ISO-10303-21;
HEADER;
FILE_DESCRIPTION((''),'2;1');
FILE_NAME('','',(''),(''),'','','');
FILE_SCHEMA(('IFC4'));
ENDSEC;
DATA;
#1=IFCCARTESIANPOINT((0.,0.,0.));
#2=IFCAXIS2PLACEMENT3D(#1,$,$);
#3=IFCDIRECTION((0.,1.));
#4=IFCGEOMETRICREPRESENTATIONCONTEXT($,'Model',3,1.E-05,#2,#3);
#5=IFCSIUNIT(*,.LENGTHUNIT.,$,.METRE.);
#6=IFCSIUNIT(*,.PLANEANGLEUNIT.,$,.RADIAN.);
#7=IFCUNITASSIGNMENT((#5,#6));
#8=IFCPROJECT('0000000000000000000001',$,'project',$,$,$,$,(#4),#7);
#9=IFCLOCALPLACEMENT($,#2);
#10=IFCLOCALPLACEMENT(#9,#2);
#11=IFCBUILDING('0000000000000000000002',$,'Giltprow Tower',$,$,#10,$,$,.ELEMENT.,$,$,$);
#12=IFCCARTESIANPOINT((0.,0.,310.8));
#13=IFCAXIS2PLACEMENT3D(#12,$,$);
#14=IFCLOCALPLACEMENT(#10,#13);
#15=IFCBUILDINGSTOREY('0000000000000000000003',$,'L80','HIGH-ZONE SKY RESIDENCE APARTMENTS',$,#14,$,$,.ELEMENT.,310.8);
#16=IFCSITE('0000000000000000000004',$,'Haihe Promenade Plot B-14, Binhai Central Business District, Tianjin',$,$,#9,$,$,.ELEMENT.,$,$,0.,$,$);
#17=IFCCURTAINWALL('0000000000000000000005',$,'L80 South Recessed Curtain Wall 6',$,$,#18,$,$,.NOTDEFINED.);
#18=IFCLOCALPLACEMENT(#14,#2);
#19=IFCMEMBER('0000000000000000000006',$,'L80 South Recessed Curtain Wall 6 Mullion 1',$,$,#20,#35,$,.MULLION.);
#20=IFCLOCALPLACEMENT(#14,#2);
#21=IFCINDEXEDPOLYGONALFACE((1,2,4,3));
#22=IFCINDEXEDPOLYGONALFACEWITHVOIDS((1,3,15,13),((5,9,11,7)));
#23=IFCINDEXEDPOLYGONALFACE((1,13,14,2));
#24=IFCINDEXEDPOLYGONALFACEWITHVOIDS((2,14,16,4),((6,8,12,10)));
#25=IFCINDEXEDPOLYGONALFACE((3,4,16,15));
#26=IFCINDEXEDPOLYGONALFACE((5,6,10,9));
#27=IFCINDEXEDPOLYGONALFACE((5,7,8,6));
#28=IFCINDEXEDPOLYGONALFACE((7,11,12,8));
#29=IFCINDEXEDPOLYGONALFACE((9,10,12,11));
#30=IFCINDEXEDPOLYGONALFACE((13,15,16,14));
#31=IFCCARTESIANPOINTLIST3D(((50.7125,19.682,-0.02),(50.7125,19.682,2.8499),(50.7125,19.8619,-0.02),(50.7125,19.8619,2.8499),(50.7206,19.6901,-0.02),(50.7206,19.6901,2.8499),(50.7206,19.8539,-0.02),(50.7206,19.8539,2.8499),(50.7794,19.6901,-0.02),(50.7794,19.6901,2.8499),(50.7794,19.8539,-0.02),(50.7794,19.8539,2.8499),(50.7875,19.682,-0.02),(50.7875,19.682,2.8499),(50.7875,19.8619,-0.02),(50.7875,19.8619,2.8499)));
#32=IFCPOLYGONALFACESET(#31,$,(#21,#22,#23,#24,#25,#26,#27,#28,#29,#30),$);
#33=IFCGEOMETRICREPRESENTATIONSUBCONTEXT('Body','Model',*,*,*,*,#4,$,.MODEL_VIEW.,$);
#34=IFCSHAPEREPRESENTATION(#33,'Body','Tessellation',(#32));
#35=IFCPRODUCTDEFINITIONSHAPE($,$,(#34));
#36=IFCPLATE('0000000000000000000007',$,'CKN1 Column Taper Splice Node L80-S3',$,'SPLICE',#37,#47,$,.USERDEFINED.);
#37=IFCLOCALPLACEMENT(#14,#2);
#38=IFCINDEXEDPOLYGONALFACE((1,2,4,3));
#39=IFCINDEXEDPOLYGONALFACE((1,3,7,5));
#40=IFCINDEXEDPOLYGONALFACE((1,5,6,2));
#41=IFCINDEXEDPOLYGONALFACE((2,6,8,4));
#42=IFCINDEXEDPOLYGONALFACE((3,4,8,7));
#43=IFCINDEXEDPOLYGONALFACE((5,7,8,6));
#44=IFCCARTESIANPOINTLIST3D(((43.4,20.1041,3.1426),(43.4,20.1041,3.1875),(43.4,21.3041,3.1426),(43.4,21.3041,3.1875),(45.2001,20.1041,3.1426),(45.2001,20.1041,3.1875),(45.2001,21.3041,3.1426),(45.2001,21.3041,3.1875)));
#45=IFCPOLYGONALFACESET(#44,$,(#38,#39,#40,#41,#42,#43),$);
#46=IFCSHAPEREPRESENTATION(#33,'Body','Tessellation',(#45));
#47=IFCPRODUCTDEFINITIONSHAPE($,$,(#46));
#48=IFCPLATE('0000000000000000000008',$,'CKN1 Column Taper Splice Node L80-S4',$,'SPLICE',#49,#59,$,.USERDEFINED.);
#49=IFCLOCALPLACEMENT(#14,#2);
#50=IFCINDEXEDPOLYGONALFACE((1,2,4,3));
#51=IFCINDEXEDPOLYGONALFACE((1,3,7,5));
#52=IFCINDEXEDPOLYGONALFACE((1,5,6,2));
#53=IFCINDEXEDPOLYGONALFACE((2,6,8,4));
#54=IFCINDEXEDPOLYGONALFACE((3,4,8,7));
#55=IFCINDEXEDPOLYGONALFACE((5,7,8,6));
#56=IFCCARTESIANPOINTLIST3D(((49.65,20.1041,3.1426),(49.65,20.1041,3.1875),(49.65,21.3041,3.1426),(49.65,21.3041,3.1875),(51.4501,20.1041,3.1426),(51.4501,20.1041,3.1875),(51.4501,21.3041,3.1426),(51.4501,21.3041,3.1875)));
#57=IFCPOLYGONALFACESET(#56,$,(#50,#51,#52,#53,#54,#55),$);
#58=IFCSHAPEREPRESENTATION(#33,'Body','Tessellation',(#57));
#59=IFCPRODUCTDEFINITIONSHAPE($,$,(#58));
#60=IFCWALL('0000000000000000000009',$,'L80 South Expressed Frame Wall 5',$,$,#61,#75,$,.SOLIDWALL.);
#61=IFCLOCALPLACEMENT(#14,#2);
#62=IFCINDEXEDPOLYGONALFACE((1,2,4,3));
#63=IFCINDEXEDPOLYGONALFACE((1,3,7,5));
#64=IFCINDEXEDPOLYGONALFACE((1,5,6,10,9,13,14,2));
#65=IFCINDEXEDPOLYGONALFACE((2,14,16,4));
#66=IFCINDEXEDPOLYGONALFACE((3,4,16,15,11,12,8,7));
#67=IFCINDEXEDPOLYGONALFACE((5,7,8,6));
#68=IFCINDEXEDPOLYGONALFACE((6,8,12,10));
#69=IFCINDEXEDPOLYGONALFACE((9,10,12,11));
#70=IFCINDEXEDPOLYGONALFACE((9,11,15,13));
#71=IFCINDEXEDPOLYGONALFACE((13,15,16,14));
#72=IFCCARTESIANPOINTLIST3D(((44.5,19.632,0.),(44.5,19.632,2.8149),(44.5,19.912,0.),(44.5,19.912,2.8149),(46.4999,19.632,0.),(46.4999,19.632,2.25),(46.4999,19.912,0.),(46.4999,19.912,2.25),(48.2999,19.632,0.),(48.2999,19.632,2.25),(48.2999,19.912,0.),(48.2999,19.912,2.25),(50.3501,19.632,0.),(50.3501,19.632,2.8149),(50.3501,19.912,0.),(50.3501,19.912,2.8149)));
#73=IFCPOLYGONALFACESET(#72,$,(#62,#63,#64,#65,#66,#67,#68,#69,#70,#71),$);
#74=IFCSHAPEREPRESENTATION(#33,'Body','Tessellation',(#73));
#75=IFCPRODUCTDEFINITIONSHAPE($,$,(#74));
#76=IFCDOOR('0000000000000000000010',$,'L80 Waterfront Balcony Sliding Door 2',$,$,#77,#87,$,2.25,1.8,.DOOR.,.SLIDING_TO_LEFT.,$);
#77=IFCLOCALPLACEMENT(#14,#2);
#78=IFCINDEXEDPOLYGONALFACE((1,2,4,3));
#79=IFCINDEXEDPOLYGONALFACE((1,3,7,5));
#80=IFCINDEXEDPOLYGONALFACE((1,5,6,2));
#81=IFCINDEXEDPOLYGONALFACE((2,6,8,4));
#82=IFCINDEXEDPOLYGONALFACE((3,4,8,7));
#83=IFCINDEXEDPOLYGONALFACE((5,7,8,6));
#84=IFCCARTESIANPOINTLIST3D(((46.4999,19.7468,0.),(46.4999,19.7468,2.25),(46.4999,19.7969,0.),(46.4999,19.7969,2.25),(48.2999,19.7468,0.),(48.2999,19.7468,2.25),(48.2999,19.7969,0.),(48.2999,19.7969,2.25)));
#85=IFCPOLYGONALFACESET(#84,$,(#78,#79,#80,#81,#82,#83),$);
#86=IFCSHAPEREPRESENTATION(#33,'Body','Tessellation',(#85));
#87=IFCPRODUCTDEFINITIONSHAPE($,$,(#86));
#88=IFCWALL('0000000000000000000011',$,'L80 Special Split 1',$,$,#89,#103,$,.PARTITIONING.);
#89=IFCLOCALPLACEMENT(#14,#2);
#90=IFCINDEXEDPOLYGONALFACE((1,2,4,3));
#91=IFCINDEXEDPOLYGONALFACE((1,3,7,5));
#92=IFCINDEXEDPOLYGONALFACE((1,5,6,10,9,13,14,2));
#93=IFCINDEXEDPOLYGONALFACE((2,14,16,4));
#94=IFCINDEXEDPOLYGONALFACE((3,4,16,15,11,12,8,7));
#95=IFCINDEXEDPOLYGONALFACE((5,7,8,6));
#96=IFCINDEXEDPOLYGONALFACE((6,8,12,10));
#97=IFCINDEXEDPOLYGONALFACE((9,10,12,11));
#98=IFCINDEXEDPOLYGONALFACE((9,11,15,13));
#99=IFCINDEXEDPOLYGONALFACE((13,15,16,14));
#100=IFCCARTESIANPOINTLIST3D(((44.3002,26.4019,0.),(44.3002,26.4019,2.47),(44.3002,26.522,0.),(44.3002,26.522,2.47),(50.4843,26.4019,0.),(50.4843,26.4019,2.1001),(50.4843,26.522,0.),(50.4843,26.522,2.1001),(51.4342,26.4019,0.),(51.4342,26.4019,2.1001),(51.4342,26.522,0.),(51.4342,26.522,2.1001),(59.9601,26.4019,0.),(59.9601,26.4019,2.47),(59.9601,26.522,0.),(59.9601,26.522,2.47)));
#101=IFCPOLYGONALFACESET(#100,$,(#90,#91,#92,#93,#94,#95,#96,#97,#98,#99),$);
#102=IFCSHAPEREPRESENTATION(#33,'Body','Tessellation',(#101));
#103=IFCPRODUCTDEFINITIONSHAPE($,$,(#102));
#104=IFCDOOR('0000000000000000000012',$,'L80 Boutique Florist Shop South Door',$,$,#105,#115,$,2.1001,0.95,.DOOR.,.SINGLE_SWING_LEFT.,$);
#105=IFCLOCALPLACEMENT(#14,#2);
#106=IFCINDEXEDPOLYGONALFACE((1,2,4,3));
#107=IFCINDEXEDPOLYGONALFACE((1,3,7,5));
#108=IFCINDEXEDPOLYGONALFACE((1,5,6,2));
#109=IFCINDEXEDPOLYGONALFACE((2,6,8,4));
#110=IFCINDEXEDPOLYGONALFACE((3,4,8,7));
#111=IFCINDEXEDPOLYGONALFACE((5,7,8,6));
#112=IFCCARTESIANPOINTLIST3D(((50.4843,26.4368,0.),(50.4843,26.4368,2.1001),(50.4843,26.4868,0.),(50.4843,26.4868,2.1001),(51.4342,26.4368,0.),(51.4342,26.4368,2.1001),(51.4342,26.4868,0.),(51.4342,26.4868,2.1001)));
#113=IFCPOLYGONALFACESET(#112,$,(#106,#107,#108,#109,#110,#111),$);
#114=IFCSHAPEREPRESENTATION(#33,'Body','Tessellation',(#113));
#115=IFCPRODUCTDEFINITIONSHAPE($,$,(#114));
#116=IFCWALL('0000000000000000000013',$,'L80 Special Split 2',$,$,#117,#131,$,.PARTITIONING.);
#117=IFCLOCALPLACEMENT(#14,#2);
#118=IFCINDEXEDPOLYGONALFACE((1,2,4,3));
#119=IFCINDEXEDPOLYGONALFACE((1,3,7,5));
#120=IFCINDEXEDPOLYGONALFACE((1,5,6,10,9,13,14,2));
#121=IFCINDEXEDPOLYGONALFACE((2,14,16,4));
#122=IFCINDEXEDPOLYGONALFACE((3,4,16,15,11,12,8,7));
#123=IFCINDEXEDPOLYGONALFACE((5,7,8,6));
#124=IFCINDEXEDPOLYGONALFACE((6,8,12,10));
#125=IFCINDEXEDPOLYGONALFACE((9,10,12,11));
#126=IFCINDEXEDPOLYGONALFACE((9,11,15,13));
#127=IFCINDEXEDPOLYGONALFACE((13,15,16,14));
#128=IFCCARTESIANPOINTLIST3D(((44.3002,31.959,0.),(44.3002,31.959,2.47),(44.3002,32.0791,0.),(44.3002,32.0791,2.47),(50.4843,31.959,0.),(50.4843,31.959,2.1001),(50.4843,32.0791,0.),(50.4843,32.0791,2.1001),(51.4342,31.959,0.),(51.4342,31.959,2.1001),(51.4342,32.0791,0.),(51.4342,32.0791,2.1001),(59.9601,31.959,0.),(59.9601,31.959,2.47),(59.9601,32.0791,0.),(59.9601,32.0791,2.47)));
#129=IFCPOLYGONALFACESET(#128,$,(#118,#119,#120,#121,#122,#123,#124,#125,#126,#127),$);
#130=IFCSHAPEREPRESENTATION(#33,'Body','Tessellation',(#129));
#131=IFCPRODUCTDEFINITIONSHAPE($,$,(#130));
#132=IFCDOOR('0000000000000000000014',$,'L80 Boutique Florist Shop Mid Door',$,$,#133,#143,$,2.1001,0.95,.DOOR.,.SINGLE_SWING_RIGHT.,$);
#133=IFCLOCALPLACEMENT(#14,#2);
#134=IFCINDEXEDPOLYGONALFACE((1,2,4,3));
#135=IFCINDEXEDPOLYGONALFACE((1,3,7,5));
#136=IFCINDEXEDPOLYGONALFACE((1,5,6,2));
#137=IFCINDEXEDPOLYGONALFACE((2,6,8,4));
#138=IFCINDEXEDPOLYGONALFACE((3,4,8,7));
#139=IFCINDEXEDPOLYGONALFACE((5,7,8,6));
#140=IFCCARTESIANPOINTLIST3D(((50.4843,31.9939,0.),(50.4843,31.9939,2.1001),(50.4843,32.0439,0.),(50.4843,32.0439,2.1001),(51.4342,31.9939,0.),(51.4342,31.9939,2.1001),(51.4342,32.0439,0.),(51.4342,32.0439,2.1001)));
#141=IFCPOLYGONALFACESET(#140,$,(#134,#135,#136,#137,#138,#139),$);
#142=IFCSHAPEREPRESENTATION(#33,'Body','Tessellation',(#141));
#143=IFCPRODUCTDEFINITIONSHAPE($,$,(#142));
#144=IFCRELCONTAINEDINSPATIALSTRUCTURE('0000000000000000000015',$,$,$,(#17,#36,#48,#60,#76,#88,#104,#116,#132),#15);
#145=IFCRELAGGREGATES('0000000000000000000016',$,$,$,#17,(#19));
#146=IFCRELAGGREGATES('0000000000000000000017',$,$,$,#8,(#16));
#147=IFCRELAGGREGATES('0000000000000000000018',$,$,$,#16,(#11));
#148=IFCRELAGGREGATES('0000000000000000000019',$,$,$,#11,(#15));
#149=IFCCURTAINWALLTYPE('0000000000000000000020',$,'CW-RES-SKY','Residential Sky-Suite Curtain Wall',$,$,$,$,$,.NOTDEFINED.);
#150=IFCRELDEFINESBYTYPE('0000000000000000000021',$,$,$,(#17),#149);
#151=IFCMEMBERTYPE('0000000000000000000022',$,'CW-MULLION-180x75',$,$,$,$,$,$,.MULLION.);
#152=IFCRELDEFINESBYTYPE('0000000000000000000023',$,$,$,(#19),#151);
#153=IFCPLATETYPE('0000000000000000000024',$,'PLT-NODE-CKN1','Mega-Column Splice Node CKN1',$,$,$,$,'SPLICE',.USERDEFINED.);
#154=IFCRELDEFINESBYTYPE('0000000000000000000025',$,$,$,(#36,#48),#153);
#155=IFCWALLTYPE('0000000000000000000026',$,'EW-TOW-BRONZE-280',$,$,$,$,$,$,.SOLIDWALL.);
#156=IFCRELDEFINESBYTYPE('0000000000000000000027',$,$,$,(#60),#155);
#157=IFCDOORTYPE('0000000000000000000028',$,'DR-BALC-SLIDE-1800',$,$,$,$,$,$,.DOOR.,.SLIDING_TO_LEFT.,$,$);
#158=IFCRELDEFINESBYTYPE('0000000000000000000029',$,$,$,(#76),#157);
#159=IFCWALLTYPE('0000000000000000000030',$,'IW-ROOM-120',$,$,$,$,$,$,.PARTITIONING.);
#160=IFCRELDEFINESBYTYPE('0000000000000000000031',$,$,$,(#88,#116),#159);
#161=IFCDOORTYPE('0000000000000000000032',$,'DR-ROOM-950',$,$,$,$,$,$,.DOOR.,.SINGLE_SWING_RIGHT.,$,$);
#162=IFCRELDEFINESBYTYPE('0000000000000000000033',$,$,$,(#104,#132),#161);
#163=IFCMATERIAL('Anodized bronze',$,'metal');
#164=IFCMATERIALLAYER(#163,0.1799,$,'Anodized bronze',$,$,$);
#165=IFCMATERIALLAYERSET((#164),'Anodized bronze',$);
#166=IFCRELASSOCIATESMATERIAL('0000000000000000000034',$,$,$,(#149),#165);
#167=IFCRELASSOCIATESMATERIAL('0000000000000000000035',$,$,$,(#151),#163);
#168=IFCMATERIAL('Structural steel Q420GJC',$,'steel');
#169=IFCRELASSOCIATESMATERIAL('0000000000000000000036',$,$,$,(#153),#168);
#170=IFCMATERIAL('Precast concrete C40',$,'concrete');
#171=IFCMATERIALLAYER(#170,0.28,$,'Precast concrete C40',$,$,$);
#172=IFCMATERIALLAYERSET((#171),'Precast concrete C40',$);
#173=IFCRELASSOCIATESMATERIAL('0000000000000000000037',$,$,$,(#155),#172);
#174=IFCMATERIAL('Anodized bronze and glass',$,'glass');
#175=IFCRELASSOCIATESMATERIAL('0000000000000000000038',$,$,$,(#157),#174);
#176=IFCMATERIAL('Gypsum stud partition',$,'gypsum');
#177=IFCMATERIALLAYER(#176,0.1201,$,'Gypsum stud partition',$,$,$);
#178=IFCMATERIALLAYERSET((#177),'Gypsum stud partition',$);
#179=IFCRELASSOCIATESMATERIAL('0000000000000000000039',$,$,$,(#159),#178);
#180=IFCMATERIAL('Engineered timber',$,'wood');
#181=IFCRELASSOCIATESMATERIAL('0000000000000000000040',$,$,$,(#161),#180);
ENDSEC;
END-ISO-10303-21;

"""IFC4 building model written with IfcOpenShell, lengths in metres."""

from ifc_helpers import new_model, si_unit, direction, frame, frame_2d, origin, origin_2d, place, context, subcontext, project, spatial, rectangle, hollow_rectangle, extrude, source, transform, mapped, material, layer, layer_set, material_profile, profile_set, type_object, element, fill, aggregate, save


model = new_model("IFC4")

# Units and contexts
model_context = context("Model", 3, precision=1e-05, world=origin(), true_north=direction((0.0, 1.0)))
body_context = subcontext(model_context, "Body", "Model", "MODEL_VIEW")
ifc_project = project(units=[si_unit("LENGTHUNIT", "METRE"), si_unit("PLANEANGLEUNIT", "RADIAN")], contexts=[model_context])

# Site, building, storey
site_placement = place(None, origin())
site = spatial("IfcSite", under=ifc_project, at=site_placement, Name="Haihe Promenade Plot B-14, Binhai Central Business District, Tianjin", CompositionType="ELEMENT", RefElevation=0.0)
building_placement = place(site_placement, origin())
building = spatial("IfcBuilding", under=site, at=building_placement, Name="Giltprow Tower", CompositionType="ELEMENT")
storey_placement = place(building_placement, frame((0.0, 0.0, 310.8)))
storey = spatial("IfcBuildingStorey", under=building, at=storey_placement, Name="L80", Description="HIGH-ZONE SKY RESIDENCE APARTMENTS", CompositionType="ELEMENT", Elevation=310.8)

# Curtain wall, member
ifc_material_1 = material(Name="Anodized bronze", Category="metal")
ifc_layer_1 = layer(ifc_material_1, 0.1799, Name="Anodized bronze")
ifc_layer_set_1 = layer_set([ifc_layer_1], Name="Anodized bronze")
curtain_wall_type = type_object("IfcCurtainWallType", Name="CW-RES-SKY", Description="Residential Sky-Suite Curtain Wall", PredefinedType="NOTDEFINED", material=ifc_layer_set_1)
curtain_wall_placement = place(storey_placement, origin())
curtain_wall = element("IfcCurtainWall", 1, at=curtain_wall_placement, inside=storey, type_object=curtain_wall_type, Name="L80 South Recessed Curtain Wall 6", PredefinedType="NOTDEFINED")
ifc_material_profile_1 = material_profile(ifc_material_1, hollow_rectangle(XDim=0.075, YDim=0.1799, WallThickness=0.0081, at=origin_2d()), Name="RHS 180x75x8")
ifc_profile_set_1 = profile_set([ifc_material_profile_1], Name="Anodized bronze")
member_type = type_object("IfcMemberType", Name="CW-MULLION-180x75", PredefinedType="MULLION", material=ifc_profile_set_1)
shared_shape_1 = source(origin(), body_context, "Body", "SweptSolid", [
    extrude(hollow_rectangle(XDim=0.075, YDim=0.1799, WallThickness=0.0081, at=origin_2d()), origin(), (0.0, 0.0, 1.0), 2.8699),
])
member_placement = place(storey_placement, frame((50.75, 19.772, -0.02), z_axis=(0.0, 0.0, 1.0), x_axis=(1.0, 0.0, 0.0)))
member = element("IfcMember", 2, at=member_placement, type_object=member_type, Name="L80 South Recessed Curtain Wall 6 Mullion 1", PredefinedType="MULLION", context=body_context, shape_type="MappedRepresentation", body=[
    mapped(shared_shape_1, transform((0.0, 0.0, 0.0), x_axis=(1.0, 0.0, 0.0), y_axis=(0.0, 1.0, 0.0), z_axis=(0.0, 0.0, 1.0), scale=1.0)),
])
aggregate(curtain_wall, [member])

# Plates
ifc_material_2 = material(Name="Structural steel Q420GJC", Category="steel")
plate_type = type_object("IfcPlateType", Name="PLT-NODE-CKN1", Description="Mega-Column Splice Node CKN1", ElementType="SPLICE", PredefinedType="USERDEFINED", material=ifc_material_2)
shared_shape_2 = source(origin(), body_context, "Body", "SweptSolid", [
    extrude(rectangle(XDim=1.8, YDim=1.2, at=origin_2d()), origin(), (0.0, 0.0, 1.0), 0.0449),
])
for number, where, z_axis, x_axis, name in (
    (3, (44.3, 20.7041, 3.1426), (0.0, 0.0, 1.0), (1.0, 0.0, 0.0), "CKN1 Column Taper Splice Node L80-S3"),
    (4, (50.55, 20.7041, 3.1426), (0.0, 0.0, 1.0), (1.0, 0.0, 0.0), "CKN1 Column Taper Splice Node L80-S4"),
):
    element("IfcPlate", number, at=place(storey_placement, frame(where, z_axis=z_axis, x_axis=x_axis)), inside=storey, type_object=plate_type, Name=name, ObjectType="SPLICE", PredefinedType="USERDEFINED", context=body_context, shape_type="MappedRepresentation", body=[
        mapped(shared_shape_2, transform((0.0, 0.0, 0.0), x_axis=(1.0, 0.0, 0.0), y_axis=(0.0, 1.0, 0.0), z_axis=(0.0, 0.0, 1.0), scale=1.0)),
    ])

# Walls, openings, doors
ifc_material_3 = material(Name="Precast concrete C40", Category="concrete")
ifc_layer_2 = layer(ifc_material_3, 0.28, Name="Precast concrete C40")
ifc_layer_set_2 = layer_set([ifc_layer_2], Name="Precast concrete C40")
wall_type_1 = type_object("IfcWallType", Name="EW-TOW-BRONZE-280", PredefinedType="SOLIDWALL", material=ifc_layer_set_2)
wall_1_placement = place(storey_placement, frame((44.5, 19.772, 0.0), z_axis=(0.0, 0.0, 1.0), x_axis=(1.0, 0.0, 0.0)))
wall_1 = element("IfcWall", 5, at=wall_1_placement, inside=storey, type_object=wall_type_1, Name="L80 South Expressed Frame Wall 5", PredefinedType="SOLIDWALL", context=body_context, shape_type="SweptSolid", body=[
    extrude(rectangle(XDim=5.8501, YDim=0.28, at=frame_2d((2.925, 0.0))), origin(), (0.0, 0.0, 1.0), 2.8149),
])
opening_1_placement = place(wall_1_placement, frame((2.0, 0.0, 0.0)))
opening_1 = element("IfcOpeningElement", 6, at=opening_1_placement, cuts=wall_1, PredefinedType="OPENING", context=body_context, shape_type="SweptSolid", body=[
    extrude(rectangle(XDim=1.8, YDim=2.25, at=frame_2d((0.8999, 1.125))), frame((0.0, 0.1499, 0.0), z_axis=(0.0, -1.0, 0.0), x_axis=(1.0, 0.0, 0.0)), (0.0, 0.0, 1.0), 0.3),
])
ifc_material_4 = material(Name="Anodized bronze and glass", Category="glass")
door_type_1 = type_object("IfcDoorType", Name="DR-BALC-SLIDE-1800", OperationType="SLIDING_TO_LEFT", PredefinedType="DOOR", material=ifc_material_4)
shared_shape_3 = source(origin(), body_context, "Body", "SweptSolid", [
    extrude(rectangle(XDim=1.8, YDim=2.25, at=frame_2d((0.8999, 1.125))), frame((0.0, 0.0249, 0.0), z_axis=(0.0, -1.0, 0.0), x_axis=(1.0, 0.0, 0.0)), (0.0, 0.0, 1.0), 0.05),
])
door_1_placement = place(opening_1_placement, origin())
door_1 = element("IfcDoor", 7, at=door_1_placement, inside=storey, type_object=door_type_1, Name="L80 Waterfront Balcony Sliding Door 2", OperationType="SLIDING_TO_LEFT", OverallHeight=2.25, OverallWidth=1.8, PredefinedType="DOOR", context=body_context, shape_type="MappedRepresentation", body=[
    mapped(shared_shape_3, transform((0.0, 0.0, 0.0), x_axis=(1.0, 0.0, 0.0), y_axis=(0.0, 1.0, 0.0), z_axis=(0.0, 0.0, 1.0), scale=1.0)),
])
fill(opening_1, door_1)
ifc_material_5 = material(Name="Gypsum stud partition", Category="gypsum")
ifc_layer_3 = layer(ifc_material_5, 0.1201, Name="Gypsum stud partition")
ifc_layer_set_3 = layer_set([ifc_layer_3], Name="Gypsum stud partition")
wall_type_2 = type_object("IfcWallType", Name="IW-ROOM-120", PredefinedType="PARTITIONING", material=ifc_layer_set_3)
wall_2_placement = place(storey_placement, frame((44.3, 26.4619, 0.0), z_axis=(0.0, 0.0, 1.0), x_axis=(1.0, 0.0, 0.0)))
wall_2 = element("IfcWall", 8, at=wall_2_placement, inside=storey, type_object=wall_type_2, Name="L80 Special Split 1", PredefinedType="PARTITIONING", context=body_context, shape_type="SweptSolid", body=[
    extrude(rectangle(XDim=15.6599, YDim=0.1201, at=frame_2d((7.8301, 0.0))), origin(), (0.0, 0.0, 1.0), 2.47),
])
opening_2_placement = place(wall_2_placement, frame((6.1841, 0.0, 0.0)))
opening_2 = element("IfcOpeningElement", 9, at=opening_2_placement, cuts=wall_2, PredefinedType="OPENING", context=body_context, shape_type="SweptSolid", body=[
    extrude(rectangle(XDim=0.95, YDim=2.1001, at=frame_2d((0.4751, 1.05))), frame((0.0, 0.0701, 0.0), z_axis=(0.0, -1.0, 0.0), x_axis=(1.0, 0.0, 0.0)), (0.0, 0.0, 1.0), 0.1401),
])
ifc_material_6 = material(Name="Engineered timber", Category="wood")
door_type_2 = type_object("IfcDoorType", Name="DR-ROOM-950", OperationType="SINGLE_SWING_RIGHT", PredefinedType="DOOR", material=ifc_material_6)
shared_shape_4 = source(origin(), body_context, "Body", "SweptSolid", [
    extrude(rectangle(XDim=0.95, YDim=2.1001, at=frame_2d((0.4751, 1.05))), frame((0.0, 0.0249, 0.0), z_axis=(0.0, -1.0, 0.0), x_axis=(1.0, 0.0, 0.0)), (0.0, 0.0, 1.0), 0.05),
])
door_2_placement = place(opening_2_placement, origin())
door_2 = element("IfcDoor", 10, at=door_2_placement, inside=storey, type_object=door_type_2, Name="L80 Boutique Florist Shop South Door", OperationType="SINGLE_SWING_LEFT", OverallHeight=2.1001, OverallWidth=0.95, PredefinedType="DOOR", context=body_context, shape_type="MappedRepresentation", body=[
    mapped(shared_shape_4, transform((0.0, 0.0, 0.0), x_axis=(1.0, 0.0, 0.0), y_axis=(0.0, 1.0, 0.0), z_axis=(0.0, 0.0, 1.0), scale=1.0)),
])
fill(opening_2, door_2)
wall_3_placement = place(storey_placement, frame((44.3, 32.019, 0.0), z_axis=(0.0, 0.0, 1.0), x_axis=(1.0, 0.0, 0.0)))
wall_3 = element("IfcWall", 11, at=wall_3_placement, inside=storey, type_object=wall_type_2, Name="L80 Special Split 2", PredefinedType="PARTITIONING", context=body_context, shape_type="SweptSolid", body=[
    extrude(rectangle(XDim=15.6599, YDim=0.1201, at=frame_2d((7.8301, 0.0))), origin(), (0.0, 0.0, 1.0), 2.47),
])
opening_3_placement = place(wall_3_placement, frame((6.1841, 0.0, 0.0)))
opening_3 = element("IfcOpeningElement", 12, at=opening_3_placement, cuts=wall_3, PredefinedType="OPENING", context=body_context, shape_type="SweptSolid", body=[
    extrude(rectangle(XDim=0.95, YDim=2.1001, at=frame_2d((0.4751, 1.05))), frame((0.0, 0.0701, 0.0), z_axis=(0.0, -1.0, 0.0), x_axis=(1.0, 0.0, 0.0)), (0.0, 0.0, 1.0), 0.1401),
])
door_3_placement = place(opening_3_placement, origin())
door_3 = element("IfcDoor", 13, at=door_3_placement, inside=storey, type_object=door_type_2, Name="L80 Boutique Florist Shop Mid Door", OperationType="SINGLE_SWING_RIGHT", OverallHeight=2.1001, OverallWidth=0.95, PredefinedType="DOOR", context=body_context, shape_type="MappedRepresentation", body=[
    mapped(shared_shape_4, transform((0.0, 0.0, 0.0), x_axis=(1.0, 0.0, 0.0), y_axis=(0.0, 1.0, 0.0), z_axis=(0.0, 0.0, 1.0), scale=1.0)),
])
fill(opening_3, door_3)

save(model, "model.ifc")
